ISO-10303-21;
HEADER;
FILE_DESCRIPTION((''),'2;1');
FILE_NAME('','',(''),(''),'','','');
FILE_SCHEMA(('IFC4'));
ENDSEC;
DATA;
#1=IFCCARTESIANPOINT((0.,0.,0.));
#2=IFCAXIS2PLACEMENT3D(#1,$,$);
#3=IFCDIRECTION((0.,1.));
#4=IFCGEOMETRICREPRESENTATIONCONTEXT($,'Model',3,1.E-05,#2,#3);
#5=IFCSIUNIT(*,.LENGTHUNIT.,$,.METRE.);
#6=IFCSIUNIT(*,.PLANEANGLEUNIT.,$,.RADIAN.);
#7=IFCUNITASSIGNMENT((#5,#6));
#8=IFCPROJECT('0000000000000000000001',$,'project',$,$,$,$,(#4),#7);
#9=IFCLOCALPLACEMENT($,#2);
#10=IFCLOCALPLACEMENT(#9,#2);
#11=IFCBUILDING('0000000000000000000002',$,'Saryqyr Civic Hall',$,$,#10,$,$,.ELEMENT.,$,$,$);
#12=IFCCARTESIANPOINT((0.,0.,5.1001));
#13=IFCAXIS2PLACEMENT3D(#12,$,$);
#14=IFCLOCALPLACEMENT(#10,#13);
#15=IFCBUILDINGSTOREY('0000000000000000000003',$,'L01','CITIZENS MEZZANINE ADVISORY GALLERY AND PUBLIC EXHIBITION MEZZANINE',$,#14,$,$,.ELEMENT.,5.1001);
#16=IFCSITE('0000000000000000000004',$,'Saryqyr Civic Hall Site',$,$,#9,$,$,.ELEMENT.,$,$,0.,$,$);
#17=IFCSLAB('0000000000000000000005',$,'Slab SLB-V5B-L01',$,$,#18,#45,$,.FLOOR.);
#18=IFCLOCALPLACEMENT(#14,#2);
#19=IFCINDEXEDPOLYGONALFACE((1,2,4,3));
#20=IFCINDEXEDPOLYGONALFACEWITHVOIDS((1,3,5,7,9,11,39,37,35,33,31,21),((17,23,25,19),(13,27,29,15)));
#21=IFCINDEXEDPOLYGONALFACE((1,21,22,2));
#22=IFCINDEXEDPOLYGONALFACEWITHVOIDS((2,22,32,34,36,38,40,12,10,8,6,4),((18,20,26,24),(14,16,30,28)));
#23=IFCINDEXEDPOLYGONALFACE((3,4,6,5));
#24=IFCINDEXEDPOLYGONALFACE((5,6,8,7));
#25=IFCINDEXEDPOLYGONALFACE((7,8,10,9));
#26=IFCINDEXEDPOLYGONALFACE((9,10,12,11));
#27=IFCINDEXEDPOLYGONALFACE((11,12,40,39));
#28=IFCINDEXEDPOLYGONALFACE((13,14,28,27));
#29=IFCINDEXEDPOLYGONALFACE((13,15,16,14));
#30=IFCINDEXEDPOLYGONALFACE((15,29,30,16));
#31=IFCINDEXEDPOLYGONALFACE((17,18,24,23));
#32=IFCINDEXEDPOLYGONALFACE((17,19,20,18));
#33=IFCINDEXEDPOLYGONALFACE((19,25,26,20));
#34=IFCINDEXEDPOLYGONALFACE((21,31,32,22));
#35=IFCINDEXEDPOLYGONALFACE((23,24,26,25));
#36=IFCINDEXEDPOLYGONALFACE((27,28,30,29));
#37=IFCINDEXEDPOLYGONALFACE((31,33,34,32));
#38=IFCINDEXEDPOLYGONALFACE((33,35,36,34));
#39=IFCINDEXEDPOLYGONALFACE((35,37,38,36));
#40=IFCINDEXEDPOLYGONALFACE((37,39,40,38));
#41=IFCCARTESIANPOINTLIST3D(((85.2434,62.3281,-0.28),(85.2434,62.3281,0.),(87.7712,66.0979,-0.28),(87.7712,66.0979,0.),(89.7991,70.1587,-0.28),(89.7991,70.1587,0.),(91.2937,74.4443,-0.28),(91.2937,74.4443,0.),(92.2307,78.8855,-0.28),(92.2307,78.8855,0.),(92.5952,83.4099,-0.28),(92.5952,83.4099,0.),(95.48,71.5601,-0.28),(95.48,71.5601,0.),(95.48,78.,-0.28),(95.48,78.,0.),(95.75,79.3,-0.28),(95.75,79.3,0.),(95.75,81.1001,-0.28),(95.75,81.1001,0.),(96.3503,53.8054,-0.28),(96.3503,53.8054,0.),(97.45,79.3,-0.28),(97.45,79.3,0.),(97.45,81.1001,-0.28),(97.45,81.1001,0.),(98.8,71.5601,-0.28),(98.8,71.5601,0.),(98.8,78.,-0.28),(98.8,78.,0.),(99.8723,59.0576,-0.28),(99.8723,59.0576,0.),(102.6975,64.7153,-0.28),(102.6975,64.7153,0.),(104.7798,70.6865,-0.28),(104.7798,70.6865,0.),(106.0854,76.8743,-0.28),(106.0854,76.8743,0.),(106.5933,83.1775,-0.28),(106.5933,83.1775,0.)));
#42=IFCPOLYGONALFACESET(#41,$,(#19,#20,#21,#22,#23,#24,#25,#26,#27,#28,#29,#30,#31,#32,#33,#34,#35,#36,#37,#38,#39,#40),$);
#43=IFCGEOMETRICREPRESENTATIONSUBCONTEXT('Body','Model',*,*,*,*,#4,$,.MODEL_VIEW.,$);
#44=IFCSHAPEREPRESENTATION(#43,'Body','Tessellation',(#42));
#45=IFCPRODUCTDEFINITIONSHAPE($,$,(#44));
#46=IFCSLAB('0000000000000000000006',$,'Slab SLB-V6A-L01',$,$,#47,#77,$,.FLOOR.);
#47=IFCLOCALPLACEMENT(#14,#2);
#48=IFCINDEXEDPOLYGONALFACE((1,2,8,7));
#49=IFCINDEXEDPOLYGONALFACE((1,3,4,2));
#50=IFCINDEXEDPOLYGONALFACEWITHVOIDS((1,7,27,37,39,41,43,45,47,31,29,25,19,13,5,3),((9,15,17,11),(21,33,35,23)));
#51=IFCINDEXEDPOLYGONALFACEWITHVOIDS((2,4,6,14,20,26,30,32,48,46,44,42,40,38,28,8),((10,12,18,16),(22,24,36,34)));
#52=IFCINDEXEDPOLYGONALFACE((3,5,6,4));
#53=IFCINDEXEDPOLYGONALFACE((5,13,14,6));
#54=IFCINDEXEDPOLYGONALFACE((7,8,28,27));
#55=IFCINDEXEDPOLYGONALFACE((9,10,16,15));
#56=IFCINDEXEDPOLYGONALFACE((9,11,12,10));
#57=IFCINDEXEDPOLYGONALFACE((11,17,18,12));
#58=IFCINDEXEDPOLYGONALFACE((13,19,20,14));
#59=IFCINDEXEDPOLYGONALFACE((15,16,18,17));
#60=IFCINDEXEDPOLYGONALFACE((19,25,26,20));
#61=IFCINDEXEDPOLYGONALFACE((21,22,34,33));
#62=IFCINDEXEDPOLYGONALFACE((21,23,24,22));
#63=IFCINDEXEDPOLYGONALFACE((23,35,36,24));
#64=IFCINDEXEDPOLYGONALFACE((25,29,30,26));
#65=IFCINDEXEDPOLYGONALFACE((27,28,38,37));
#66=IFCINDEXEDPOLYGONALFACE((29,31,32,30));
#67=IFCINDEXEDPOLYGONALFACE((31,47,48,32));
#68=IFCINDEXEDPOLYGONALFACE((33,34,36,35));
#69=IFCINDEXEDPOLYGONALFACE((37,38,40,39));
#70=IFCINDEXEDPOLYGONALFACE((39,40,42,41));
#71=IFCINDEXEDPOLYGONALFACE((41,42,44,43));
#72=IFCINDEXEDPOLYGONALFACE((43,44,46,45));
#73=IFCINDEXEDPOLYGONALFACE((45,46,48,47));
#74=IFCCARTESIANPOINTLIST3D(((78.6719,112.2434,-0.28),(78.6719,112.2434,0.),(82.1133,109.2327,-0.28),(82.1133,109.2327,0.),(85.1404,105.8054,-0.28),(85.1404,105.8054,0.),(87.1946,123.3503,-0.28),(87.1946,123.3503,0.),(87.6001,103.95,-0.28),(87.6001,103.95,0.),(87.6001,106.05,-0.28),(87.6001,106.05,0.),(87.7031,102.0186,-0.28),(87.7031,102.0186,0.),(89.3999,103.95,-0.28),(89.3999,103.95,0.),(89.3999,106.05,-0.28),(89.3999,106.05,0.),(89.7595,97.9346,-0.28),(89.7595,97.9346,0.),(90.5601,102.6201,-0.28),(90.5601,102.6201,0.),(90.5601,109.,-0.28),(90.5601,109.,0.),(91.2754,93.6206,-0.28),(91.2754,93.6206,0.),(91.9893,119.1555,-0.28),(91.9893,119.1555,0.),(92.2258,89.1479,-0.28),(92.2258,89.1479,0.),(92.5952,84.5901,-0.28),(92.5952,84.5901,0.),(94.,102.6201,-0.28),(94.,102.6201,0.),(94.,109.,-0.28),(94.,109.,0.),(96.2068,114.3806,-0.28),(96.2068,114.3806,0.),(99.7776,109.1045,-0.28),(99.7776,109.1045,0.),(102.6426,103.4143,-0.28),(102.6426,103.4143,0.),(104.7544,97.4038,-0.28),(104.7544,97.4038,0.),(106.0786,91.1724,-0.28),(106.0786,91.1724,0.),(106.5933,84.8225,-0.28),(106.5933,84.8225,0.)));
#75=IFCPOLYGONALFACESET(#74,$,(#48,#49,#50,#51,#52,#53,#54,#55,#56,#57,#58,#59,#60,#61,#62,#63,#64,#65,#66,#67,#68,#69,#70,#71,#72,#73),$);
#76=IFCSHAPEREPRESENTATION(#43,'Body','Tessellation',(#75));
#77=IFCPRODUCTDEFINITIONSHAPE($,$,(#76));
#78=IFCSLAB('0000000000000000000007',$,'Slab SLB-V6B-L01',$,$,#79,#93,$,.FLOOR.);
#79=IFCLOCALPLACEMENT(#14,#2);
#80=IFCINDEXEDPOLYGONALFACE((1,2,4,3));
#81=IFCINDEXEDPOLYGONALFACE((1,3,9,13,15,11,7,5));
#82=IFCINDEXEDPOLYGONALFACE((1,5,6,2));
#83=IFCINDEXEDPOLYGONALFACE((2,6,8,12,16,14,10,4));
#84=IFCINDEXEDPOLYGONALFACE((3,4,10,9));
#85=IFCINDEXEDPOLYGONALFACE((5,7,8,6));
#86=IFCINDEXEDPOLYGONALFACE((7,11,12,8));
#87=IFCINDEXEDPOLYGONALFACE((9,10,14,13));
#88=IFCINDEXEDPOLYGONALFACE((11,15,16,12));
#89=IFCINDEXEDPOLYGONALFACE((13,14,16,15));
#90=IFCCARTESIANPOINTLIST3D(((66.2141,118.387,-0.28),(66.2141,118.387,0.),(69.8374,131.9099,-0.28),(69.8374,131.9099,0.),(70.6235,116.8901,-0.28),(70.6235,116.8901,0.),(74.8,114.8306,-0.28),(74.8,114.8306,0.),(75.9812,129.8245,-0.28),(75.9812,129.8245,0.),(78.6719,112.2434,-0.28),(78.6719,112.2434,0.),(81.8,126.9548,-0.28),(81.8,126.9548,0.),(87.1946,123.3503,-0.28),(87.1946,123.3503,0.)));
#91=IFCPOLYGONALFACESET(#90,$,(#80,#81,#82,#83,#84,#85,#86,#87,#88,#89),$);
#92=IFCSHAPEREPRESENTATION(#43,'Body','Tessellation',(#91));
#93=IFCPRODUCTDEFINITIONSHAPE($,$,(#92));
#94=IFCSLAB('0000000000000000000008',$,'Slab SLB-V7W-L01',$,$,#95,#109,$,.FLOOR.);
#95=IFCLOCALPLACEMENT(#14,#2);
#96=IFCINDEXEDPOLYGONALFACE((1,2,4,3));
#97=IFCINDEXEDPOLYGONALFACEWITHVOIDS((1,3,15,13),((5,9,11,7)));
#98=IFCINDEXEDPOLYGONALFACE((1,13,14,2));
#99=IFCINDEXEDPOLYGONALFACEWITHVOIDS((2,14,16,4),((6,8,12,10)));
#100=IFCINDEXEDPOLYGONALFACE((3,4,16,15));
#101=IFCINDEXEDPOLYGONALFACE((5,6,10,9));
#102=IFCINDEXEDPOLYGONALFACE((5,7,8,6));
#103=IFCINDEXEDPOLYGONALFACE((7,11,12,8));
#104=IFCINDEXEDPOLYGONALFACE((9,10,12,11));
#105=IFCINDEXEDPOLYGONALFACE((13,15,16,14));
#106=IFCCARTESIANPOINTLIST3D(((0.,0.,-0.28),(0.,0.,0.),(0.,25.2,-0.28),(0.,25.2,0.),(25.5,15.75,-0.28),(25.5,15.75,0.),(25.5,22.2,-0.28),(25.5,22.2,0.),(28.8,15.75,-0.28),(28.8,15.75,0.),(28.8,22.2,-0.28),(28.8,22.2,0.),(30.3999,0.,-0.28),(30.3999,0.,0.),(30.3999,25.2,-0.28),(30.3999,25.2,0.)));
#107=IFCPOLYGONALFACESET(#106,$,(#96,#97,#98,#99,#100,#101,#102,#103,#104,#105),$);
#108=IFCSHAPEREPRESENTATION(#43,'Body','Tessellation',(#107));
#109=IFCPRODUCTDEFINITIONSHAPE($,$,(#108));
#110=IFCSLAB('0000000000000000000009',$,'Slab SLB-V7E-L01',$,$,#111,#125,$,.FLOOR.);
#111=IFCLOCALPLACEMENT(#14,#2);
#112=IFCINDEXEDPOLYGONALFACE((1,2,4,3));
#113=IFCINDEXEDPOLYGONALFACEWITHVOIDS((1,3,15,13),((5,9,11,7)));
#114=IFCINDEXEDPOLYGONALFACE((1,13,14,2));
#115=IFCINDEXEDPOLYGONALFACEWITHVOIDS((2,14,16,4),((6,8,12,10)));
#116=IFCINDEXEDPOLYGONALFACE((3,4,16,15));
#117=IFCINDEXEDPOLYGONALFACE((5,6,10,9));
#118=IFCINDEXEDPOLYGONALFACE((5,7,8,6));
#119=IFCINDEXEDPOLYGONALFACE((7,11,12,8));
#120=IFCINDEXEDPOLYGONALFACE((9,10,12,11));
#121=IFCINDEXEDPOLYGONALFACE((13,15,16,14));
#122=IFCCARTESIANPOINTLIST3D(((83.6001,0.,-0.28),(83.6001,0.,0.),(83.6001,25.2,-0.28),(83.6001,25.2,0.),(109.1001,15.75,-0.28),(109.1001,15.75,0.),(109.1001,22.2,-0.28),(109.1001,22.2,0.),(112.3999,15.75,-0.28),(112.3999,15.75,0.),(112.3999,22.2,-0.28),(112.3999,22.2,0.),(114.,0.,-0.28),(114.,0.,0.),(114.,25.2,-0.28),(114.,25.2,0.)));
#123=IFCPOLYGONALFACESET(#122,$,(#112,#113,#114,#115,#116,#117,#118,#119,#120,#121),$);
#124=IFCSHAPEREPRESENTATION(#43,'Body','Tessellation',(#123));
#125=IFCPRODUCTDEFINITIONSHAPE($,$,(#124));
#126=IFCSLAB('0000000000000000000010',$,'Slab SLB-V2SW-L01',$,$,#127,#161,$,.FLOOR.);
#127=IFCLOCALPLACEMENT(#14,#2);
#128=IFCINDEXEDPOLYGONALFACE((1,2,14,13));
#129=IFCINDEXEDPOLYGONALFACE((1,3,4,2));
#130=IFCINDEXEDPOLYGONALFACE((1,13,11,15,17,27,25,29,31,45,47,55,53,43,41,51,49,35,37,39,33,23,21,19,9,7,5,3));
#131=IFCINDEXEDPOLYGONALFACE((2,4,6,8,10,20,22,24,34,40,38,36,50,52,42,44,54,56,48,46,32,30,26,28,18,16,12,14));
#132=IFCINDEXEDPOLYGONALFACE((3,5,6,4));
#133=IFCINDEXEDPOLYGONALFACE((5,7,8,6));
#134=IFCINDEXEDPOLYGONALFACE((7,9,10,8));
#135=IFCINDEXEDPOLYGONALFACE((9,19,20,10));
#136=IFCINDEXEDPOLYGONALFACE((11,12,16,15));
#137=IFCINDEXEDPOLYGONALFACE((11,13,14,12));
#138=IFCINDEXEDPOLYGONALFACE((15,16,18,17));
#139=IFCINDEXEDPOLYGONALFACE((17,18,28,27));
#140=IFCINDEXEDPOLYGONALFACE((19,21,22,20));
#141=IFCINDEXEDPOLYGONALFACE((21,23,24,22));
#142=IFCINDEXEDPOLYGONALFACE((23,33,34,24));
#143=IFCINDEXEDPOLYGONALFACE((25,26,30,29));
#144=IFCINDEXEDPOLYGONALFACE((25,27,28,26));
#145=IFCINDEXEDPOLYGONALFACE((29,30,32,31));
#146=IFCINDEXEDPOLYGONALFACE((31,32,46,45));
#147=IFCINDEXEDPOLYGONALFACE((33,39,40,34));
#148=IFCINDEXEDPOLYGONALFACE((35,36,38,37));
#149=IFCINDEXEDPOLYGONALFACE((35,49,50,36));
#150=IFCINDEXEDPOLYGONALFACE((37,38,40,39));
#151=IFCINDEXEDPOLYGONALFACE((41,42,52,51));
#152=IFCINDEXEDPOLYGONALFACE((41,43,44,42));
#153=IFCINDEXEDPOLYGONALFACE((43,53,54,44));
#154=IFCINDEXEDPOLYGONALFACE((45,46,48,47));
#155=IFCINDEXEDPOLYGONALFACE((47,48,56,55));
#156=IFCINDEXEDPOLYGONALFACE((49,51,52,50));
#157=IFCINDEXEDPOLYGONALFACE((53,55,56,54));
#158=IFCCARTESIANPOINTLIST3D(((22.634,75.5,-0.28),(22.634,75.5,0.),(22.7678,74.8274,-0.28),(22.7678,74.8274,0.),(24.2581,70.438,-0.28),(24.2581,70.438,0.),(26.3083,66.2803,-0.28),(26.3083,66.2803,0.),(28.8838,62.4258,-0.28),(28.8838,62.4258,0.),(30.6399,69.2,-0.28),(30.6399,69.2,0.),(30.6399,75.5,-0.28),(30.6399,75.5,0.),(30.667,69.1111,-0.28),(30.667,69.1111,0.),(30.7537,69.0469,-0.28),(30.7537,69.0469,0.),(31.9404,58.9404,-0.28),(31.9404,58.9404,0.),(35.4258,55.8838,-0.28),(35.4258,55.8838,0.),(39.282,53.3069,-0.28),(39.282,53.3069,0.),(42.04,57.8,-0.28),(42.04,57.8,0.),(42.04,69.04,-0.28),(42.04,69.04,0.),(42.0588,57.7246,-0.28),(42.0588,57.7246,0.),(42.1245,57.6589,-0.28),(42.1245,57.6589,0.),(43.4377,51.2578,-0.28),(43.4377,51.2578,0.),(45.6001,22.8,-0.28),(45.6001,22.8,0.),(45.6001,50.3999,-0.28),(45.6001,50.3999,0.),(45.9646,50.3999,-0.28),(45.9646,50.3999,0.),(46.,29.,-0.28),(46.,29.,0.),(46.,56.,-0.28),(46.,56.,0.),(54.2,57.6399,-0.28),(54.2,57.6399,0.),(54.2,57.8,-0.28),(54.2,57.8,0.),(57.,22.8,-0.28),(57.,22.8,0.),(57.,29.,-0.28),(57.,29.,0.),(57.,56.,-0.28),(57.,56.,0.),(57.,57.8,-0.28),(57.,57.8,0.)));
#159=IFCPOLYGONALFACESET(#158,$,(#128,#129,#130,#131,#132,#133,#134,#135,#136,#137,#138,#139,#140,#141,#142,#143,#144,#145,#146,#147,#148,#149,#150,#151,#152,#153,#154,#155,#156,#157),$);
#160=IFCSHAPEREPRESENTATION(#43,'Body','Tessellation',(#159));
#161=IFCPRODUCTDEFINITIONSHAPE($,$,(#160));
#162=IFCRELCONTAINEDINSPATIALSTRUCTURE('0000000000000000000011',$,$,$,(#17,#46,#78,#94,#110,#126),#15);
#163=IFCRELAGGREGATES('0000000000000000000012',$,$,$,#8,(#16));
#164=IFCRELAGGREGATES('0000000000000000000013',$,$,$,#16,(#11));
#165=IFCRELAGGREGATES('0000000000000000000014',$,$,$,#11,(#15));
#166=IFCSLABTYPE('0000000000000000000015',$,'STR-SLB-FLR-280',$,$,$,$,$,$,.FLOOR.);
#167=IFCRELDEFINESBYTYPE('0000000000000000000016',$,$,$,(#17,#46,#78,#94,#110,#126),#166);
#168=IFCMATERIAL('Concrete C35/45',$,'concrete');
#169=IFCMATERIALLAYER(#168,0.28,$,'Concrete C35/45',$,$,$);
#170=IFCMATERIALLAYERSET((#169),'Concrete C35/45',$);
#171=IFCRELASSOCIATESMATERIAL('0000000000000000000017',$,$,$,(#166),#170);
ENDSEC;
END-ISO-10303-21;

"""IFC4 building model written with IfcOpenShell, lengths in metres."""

from ifc_helpers import new_model, si_unit, direction, frame, origin, place, context, subcontext, project, spatial, polyline, outline, extrude, material, layer, layer_set, type_object, element, save


model = new_model("IFC4")

# Units and contexts
model_context = context("Model", 3, precision=1e-05, world=origin(), true_north=direction((0.0, 1.0)))
body_context = subcontext(model_context, "Body", "Model", "MODEL_VIEW")
ifc_project = project(units=[si_unit("LENGTHUNIT", "METRE"), si_unit("PLANEANGLEUNIT", "RADIAN")], contexts=[model_context])

# Site, building, storey
site_placement = place(None, origin())
site = spatial("IfcSite", under=ifc_project, at=site_placement, Name="Saryqyr Civic Hall Site", CompositionType="ELEMENT", RefElevation=0.0)
building_placement = place(site_placement, origin())
building = spatial("IfcBuilding", under=site, at=building_placement, Name="Saryqyr Civic Hall", CompositionType="ELEMENT")
storey_placement = place(building_placement, frame((0.0, 0.0, 5.1001)))
storey = spatial("IfcBuildingStorey", under=building, at=storey_placement, Name="L01", Description="CITIZENS MEZZANINE ADVISORY GALLERY AND PUBLIC EXHIBITION MEZZANINE", CompositionType="ELEMENT", Elevation=5.1001)

# Slabs
ifc_material_1 = material(Name="Concrete C35/45", Category="concrete")
ifc_layer_1 = layer(ifc_material_1, 0.28, Name="Concrete C35/45")
ifc_layer_set_1 = layer_set([ifc_layer_1], Name="Concrete C35/45")
slab_type_1 = type_object("IfcSlabType", Name="STR-SLB-FLR-280", PredefinedType="FLOOR", material=ifc_layer_set_1)
slab_1_placement = place(storey_placement, frame((0.0, 0.0, -0.28)))
element("IfcSlab", 1, at=slab_1_placement, inside=storey, type_object=slab_type_1, Name="Slab SLB-V5B-L01", PredefinedType="FLOOR", context=body_context, shape_type="SweptSolid", body=[
    extrude(outline(polyline([(87.7712, 66.0979), (89.7991, 70.1587), (91.2937, 74.4443), (92.2307, 78.8855), (92.5952, 83.4099), (106.5933, 83.1775), (106.0854, 76.8743), (104.7798, 70.6865), (102.6975, 64.7153), (99.8723, 59.0576), (96.3503, 53.8054), (85.2434, 62.3281), (87.7712, 66.0979)]), holes=[polyline([(98.8, 78.0), (95.48, 78.0), (95.48, 71.5601), (98.8, 71.5601), (98.8, 78.0)]), polyline([(97.45, 79.3), (97.45, 81.1001), (95.75, 81.1001), (95.75, 79.3), (97.45, 79.3)])]), origin(), (0.0, 0.0, 1.0), 0.28),
])
slab_2_placement = place(storey_placement, frame((0.0, 0.0, -0.28)))
element("IfcSlab", 2, at=slab_2_placement, inside=storey, type_object=slab_type_1, Name="Slab SLB-V6A-L01", PredefinedType="FLOOR", context=body_context, shape_type="SweptSolid", body=[
    extrude(outline(polyline([(92.2258, 89.1479), (91.2754, 93.6206), (89.7595, 97.9346), (87.7031, 102.0186), (85.1404, 105.8054), (82.1133, 109.2327), (78.6719, 112.2434), (87.1946, 123.3503), (91.9893, 119.1555), (96.2068, 114.3806), (99.7776, 109.1045), (102.6426, 103.4143), (104.7544, 97.4038), (106.0786, 91.1724), (106.5933, 84.8225), (92.5952, 84.5901), (92.2258, 89.1479)]), holes=[polyline([(89.3999, 103.95), (89.3999, 106.05), (87.6001, 106.05), (87.6001, 103.95), (89.3999, 103.95)]), polyline([(94.0, 109.0), (90.5601, 109.0), (90.5601, 102.6201), (94.0, 102.6201), (94.0, 109.0)])]), origin(), (0.0, 0.0, 1.0), 0.28),
])
slab_3_placement = place(storey_placement, frame((0.0, 0.0, -0.28)))
element("IfcSlab", 3, at=slab_3_placement, inside=storey, type_object=slab_type_1, Name="Slab SLB-V6B-L01", PredefinedType="FLOOR", context=body_context, shape_type="SweptSolid", body=[
    extrude(outline(polyline([(74.8, 114.8306), (70.6235, 116.8901), (66.2141, 118.387), (69.8374, 131.9099), (75.9812, 129.8245), (81.8, 126.9548), (87.1946, 123.3503), (78.6719, 112.2434), (74.8, 114.8306)])), origin(), (0.0, 0.0, 1.0), 0.28),
])
slab_4_placement = place(storey_placement, frame((0.0, 0.0, -0.28)))
element("IfcSlab", 4, at=slab_4_placement, inside=storey, type_object=slab_type_1, Name="Slab SLB-V7W-L01", PredefinedType="FLOOR", context=body_context, shape_type="SweptSolid", body=[
    extrude(outline(polyline([(0.0, 25.2), (30.3999, 25.2), (30.3999, 0.0), (0.0, 0.0), (0.0, 25.2)]), holes=[polyline([(28.8, 22.2), (25.5, 22.2), (25.5, 15.75), (28.8, 15.75), (28.8, 22.2)])]), origin(), (0.0, 0.0, 1.0), 0.28),
])
slab_5_placement = place(storey_placement, frame((0.0, 0.0, -0.28)))
element("IfcSlab", 5, at=slab_5_placement, inside=storey, type_object=slab_type_1, Name="Slab SLB-V7E-L01", PredefinedType="FLOOR", context=body_context, shape_type="SweptSolid", body=[
    extrude(outline(polyline([(83.6001, 25.2), (114.0, 25.2), (114.0, 0.0), (83.6001, 0.0), (83.6001, 25.2)]), holes=[polyline([(112.3999, 22.2), (109.1001, 22.2), (109.1001, 15.75), (112.3999, 15.75), (112.3999, 22.2)])]), origin(), (0.0, 0.0, 1.0), 0.28),
])
slab_6_placement = place(storey_placement, frame((0.0, 0.0, -0.28)))
element("IfcSlab", 6, at=slab_6_placement, inside=storey, type_object=slab_type_1, Name="Slab SLB-V2SW-L01", PredefinedType="FLOOR", context=body_context, shape_type="SweptSolid", body=[
    extrude(outline(polyline([(46.0, 29.0), (57.0, 29.0), (57.0, 22.8), (45.6001, 22.8), (45.6001, 50.3999), (45.9646, 50.3999), (43.4377, 51.2578), (39.282, 53.3069), (35.4258, 55.8838), (31.9404, 58.9404), (28.8838, 62.4258), (26.3083, 66.2803), (24.2581, 70.438), (22.7678, 74.8274), (22.634, 75.5), (30.6399, 75.5), (30.6399, 69.2), (30.667, 69.1111), (30.7537, 69.0469), (42.04, 69.04), (42.04, 57.8), (42.0588, 57.7246), (42.1245, 57.6589), (54.2, 57.6399), (54.2, 57.8), (57.0, 57.8), (57.0, 56.0), (46.0, 56.0), (46.0, 29.0)])), origin(), (0.0, 0.0, 1.0), 0.28),
])

save(model, "model.ifc")
